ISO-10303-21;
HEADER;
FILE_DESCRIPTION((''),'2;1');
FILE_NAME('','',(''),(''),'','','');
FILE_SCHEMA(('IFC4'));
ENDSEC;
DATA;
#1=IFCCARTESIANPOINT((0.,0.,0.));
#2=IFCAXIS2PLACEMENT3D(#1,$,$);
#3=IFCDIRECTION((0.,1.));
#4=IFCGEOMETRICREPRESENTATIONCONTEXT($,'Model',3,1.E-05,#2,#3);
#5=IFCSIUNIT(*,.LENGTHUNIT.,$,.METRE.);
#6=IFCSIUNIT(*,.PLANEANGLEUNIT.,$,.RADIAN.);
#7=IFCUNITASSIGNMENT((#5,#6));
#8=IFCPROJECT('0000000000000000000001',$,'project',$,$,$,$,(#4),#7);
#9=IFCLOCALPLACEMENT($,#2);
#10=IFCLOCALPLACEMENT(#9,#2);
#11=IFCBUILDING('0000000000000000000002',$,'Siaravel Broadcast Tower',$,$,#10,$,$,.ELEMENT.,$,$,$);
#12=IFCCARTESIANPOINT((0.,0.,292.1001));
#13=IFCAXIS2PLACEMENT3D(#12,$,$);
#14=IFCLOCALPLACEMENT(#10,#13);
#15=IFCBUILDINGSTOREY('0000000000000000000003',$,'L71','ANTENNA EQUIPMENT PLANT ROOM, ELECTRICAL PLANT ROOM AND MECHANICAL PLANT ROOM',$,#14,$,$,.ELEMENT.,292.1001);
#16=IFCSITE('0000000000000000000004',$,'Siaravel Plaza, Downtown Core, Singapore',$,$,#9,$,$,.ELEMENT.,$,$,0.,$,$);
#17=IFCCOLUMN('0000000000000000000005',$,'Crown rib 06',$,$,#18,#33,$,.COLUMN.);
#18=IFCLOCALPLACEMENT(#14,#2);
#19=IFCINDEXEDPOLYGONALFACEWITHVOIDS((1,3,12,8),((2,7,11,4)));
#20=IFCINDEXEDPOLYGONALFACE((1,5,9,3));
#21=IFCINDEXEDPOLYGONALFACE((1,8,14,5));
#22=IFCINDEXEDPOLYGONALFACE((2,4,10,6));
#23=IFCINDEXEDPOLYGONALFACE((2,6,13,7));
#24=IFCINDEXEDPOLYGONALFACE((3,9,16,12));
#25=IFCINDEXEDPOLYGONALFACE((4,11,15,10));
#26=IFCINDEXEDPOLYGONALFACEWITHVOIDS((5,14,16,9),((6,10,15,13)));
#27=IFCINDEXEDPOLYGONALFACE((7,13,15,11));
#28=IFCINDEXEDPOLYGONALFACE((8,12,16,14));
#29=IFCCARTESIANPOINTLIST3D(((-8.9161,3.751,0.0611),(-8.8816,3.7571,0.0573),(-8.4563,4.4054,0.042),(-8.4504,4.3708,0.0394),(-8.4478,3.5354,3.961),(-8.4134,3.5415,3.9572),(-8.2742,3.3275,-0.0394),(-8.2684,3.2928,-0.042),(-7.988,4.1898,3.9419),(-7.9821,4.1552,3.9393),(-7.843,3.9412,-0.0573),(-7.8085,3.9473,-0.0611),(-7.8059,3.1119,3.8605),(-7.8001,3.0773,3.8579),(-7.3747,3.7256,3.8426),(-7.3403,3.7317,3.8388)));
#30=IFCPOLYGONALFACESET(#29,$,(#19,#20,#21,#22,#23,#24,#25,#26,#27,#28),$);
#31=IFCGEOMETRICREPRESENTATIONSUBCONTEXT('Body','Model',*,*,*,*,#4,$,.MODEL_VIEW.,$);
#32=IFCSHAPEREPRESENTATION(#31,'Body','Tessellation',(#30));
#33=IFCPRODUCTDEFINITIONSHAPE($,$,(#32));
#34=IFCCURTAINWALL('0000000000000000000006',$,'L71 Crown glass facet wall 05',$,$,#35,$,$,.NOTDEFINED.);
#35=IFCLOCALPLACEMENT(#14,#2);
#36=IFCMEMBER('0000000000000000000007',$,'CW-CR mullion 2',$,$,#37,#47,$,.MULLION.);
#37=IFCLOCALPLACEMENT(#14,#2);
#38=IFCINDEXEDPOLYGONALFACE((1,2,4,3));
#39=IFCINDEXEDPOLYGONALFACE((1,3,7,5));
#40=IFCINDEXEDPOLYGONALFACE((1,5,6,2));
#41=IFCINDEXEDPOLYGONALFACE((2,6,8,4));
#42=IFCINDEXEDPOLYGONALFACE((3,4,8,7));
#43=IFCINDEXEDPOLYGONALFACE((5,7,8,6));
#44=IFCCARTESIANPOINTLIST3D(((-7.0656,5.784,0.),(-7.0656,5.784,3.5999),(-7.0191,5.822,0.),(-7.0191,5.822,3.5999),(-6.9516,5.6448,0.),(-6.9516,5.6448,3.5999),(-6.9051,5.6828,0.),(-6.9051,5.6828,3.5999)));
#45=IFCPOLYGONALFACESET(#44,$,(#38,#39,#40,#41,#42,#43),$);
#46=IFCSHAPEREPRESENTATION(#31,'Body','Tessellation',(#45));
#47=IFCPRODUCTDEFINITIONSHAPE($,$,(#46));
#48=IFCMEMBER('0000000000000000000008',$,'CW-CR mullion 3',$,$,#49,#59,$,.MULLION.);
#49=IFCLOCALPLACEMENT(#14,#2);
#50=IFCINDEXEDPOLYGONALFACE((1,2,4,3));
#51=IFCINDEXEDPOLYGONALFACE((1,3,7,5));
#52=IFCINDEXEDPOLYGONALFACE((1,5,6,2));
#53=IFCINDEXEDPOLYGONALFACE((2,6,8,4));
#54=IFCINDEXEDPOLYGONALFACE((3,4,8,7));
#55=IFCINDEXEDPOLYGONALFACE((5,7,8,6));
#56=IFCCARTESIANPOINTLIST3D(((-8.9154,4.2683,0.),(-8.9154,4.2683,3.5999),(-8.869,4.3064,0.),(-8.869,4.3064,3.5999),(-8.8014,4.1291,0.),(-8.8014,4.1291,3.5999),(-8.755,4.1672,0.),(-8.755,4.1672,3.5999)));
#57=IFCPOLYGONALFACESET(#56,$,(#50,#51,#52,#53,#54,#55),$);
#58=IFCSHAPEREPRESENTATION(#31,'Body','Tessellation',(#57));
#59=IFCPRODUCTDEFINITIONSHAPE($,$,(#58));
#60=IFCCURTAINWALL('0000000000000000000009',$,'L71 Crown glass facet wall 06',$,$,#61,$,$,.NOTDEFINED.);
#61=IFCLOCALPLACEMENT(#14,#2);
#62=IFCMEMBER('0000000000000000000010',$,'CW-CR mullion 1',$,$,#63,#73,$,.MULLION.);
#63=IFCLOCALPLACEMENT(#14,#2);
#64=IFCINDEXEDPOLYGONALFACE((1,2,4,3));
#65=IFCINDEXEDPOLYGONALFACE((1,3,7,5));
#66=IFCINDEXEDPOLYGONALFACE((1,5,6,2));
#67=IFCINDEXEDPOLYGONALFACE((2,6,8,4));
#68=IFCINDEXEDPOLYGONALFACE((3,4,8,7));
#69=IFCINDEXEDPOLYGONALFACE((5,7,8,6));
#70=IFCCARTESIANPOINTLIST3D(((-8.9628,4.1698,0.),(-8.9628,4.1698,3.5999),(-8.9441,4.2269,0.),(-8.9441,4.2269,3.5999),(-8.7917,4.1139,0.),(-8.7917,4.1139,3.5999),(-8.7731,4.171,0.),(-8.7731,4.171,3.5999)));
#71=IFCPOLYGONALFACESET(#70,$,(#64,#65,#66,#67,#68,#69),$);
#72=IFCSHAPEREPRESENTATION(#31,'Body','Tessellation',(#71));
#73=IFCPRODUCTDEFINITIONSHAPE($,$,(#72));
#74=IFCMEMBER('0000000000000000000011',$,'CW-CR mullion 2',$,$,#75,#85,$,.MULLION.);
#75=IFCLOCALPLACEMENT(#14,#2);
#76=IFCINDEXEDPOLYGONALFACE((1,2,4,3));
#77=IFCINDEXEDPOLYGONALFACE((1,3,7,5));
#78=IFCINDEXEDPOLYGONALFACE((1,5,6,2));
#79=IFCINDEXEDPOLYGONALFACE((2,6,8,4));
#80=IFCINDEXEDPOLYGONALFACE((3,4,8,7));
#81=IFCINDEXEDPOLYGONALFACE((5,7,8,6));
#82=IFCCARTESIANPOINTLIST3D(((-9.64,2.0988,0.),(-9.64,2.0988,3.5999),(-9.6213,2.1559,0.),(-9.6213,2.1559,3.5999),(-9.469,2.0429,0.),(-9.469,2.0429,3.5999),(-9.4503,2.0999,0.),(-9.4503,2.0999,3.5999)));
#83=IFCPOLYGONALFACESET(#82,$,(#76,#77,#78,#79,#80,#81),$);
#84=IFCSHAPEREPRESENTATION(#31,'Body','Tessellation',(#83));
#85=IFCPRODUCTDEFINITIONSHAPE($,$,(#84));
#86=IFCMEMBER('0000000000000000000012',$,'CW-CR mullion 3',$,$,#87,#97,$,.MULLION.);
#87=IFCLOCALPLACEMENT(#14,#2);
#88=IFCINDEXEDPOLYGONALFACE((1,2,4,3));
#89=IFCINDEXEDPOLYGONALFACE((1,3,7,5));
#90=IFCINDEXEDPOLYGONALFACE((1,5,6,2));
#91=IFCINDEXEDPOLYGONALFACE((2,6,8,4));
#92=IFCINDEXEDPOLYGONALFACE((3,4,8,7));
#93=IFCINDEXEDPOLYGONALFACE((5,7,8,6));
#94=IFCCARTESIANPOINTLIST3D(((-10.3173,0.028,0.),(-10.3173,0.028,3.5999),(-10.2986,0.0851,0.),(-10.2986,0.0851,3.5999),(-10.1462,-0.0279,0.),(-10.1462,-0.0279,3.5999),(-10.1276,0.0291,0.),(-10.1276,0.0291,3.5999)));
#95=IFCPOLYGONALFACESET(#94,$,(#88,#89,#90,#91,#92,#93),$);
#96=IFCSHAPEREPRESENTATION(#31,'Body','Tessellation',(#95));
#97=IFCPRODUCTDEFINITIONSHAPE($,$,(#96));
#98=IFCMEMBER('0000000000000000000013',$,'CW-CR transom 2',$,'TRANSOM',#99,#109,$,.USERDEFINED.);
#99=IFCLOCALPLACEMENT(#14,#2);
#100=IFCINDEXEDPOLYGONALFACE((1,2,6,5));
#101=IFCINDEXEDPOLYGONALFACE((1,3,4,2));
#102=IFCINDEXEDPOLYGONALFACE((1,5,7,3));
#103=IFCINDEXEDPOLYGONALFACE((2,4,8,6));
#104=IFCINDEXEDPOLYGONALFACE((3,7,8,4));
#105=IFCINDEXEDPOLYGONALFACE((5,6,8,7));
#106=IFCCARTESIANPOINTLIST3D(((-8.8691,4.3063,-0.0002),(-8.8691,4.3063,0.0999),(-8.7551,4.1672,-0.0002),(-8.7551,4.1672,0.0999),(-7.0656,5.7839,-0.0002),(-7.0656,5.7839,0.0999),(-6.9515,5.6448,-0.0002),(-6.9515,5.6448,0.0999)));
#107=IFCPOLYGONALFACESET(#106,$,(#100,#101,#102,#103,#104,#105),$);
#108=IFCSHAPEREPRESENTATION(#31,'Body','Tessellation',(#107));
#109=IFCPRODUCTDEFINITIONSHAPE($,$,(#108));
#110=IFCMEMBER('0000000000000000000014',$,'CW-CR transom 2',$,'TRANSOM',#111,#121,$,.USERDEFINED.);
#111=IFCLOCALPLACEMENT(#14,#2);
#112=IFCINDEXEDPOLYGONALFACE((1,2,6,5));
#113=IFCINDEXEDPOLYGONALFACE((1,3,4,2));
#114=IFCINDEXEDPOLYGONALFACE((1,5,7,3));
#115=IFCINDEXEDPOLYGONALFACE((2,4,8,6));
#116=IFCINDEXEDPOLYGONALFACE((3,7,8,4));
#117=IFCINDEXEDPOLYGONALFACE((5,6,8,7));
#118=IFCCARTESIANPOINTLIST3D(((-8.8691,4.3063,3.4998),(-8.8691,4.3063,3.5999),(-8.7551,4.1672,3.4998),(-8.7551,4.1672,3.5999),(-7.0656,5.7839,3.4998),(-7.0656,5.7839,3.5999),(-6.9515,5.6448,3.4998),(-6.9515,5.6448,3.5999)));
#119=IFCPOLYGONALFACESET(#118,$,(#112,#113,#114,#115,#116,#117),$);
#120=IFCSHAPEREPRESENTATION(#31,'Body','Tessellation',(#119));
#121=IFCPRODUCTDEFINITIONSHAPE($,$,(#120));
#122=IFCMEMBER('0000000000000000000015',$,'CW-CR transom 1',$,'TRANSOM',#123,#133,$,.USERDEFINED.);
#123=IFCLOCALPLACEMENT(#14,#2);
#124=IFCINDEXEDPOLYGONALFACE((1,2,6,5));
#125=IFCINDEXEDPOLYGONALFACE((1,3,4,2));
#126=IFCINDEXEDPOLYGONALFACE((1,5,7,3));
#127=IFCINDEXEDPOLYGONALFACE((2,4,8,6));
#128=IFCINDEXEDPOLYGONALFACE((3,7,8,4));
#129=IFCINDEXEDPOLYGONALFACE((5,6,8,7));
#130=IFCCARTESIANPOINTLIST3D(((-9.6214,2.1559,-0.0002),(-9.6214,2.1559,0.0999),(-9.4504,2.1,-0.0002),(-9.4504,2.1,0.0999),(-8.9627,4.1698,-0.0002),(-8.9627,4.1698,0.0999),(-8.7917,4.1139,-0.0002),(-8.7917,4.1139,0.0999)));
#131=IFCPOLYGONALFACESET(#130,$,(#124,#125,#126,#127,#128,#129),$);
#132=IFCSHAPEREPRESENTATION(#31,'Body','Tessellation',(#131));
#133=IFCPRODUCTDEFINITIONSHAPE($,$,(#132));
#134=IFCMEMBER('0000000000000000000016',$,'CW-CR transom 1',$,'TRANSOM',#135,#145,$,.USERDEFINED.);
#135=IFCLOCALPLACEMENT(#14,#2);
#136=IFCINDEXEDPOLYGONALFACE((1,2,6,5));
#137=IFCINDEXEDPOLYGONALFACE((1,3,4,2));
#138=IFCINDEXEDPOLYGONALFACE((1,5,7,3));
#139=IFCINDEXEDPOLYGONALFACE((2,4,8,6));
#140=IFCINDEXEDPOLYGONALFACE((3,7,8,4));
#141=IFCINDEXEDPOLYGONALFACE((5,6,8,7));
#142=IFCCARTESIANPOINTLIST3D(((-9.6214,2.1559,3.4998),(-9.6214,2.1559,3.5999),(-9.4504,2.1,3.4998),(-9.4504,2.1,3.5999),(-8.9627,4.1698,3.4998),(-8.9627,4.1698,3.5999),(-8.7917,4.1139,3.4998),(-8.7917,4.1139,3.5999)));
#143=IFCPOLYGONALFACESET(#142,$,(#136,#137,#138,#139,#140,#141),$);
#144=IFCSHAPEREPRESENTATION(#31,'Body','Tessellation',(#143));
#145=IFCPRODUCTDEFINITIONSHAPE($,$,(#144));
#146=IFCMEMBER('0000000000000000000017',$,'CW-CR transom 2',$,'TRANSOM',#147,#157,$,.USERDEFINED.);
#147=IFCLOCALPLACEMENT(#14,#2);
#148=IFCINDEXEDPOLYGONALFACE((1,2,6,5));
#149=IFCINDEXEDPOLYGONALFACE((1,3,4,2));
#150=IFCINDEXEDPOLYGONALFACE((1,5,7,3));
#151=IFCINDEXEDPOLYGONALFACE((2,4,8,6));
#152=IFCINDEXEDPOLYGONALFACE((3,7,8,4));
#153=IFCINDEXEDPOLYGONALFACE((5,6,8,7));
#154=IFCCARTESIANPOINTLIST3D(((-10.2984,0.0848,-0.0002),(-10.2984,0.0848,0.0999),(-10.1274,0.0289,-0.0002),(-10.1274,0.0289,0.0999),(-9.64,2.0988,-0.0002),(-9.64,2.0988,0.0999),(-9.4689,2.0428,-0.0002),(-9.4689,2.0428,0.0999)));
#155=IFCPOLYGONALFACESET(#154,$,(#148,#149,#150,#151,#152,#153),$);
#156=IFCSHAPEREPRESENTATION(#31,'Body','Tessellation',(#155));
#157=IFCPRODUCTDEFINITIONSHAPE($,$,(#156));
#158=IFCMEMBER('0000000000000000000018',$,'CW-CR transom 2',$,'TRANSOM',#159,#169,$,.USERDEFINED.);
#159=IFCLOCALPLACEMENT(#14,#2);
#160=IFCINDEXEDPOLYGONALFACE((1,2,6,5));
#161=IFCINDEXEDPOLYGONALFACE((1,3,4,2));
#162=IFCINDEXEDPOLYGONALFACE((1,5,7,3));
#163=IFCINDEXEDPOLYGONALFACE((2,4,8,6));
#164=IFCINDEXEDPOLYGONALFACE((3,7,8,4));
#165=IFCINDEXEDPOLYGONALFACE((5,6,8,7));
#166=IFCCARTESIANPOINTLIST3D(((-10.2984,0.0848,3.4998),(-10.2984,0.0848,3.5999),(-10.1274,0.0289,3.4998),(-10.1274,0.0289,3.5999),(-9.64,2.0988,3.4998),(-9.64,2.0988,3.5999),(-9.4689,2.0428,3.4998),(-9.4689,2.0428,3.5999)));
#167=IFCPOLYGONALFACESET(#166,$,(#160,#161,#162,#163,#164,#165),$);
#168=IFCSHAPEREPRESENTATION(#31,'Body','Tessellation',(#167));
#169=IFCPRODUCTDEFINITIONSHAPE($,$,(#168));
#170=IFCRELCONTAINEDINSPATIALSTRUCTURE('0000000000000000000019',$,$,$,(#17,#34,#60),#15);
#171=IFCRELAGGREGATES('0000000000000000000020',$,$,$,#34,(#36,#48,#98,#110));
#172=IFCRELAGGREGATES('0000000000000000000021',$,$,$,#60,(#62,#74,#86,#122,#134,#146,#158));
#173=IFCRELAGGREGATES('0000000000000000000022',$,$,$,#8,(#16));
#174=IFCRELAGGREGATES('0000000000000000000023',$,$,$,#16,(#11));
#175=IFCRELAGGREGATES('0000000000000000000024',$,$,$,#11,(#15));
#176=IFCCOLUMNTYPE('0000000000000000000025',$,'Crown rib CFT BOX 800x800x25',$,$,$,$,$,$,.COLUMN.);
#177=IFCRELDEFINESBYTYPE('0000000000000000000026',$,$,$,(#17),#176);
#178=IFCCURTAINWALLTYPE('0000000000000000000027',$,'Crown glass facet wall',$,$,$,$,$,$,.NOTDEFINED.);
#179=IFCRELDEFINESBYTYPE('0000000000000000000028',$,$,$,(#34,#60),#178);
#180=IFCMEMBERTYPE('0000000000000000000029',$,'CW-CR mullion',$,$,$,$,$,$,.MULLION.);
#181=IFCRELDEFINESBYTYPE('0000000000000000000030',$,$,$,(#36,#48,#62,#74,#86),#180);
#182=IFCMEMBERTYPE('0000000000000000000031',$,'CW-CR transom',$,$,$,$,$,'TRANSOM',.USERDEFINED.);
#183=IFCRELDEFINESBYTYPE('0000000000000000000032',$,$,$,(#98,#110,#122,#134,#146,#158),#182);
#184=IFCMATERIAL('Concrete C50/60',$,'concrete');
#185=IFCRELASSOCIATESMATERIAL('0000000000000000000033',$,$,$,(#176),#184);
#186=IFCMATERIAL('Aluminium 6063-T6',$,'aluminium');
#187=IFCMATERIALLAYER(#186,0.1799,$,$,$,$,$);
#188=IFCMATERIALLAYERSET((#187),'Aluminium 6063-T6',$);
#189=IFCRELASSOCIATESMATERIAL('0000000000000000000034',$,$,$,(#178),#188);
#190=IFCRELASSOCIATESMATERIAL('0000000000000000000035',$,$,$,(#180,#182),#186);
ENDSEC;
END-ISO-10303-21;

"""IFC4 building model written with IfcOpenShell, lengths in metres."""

from ifc_helpers import new_model, si_unit, direction, frame, origin, origin_2d, place, context, subcontext, project, spatial, rectangle, hollow_rectangle, extrude, material, layer, layer_set, material_profile, profile_set, type_object, element, aggregate, save


model = new_model("IFC4")

# Units and contexts
model_context = context("Model", 3, precision=1e-05, world=origin(), true_north=direction((0.0, 1.0)))
body_context = subcontext(model_context, "Body", "Model", "MODEL_VIEW")
ifc_project = project(units=[si_unit("LENGTHUNIT", "METRE"), si_unit("PLANEANGLEUNIT", "RADIAN")], contexts=[model_context])

# Site, building, storey
site_placement = place(None, origin())
site = spatial("IfcSite", under=ifc_project, at=site_placement, Name="Siaravel Plaza, Downtown Core, Singapore", CompositionType="ELEMENT", RefElevation=0.0)
building_placement = place(site_placement, origin())
building = spatial("IfcBuilding", under=site, at=building_placement, Name="Siaravel Broadcast Tower", CompositionType="ELEMENT")
storey_placement = place(building_placement, frame((0.0, 0.0, 292.1001)))
storey = spatial("IfcBuildingStorey", under=building, at=storey_placement, Name="L71", Description="ANTENNA EQUIPMENT PLANT ROOM, ELECTRICAL PLANT ROOM AND MECHANICAL PLANT ROOM", CompositionType="ELEMENT", Elevation=292.1001)

# Column
ifc_material_1 = material(Name="Concrete C50/60", Category="concrete")
ifc_material_profile_1 = material_profile(ifc_material_1, hollow_rectangle(XDim=0.8, YDim=0.8, WallThickness=0.0249, at=origin_2d()))
ifc_profile_set_1 = profile_set([ifc_material_profile_1], Name="Concrete C50/60")
column_type = type_object("IfcColumnType", Name="Crown rib CFT BOX 800x800x25", PredefinedType="COLUMN", material=ifc_profile_set_1)
column_placement = place(storey_placement, frame((-8.3623, 3.8491, 0.0), z_axis=(0.119035, -0.054801, 0.991377), x_axis=(0.574756, 0.817979, -0.023795)))
element("IfcColumn", 1, at=column_placement, inside=storey, type_object=column_type, Name="Crown rib 06", PredefinedType="COLUMN", context=body_context, shape_type="SweptSolid", body=[
    extrude(hollow_rectangle(XDim=0.8, YDim=0.8, WallThickness=0.0249, at=origin_2d()), origin(), (0.0, 0.0, 1.0), 3.9338),
])

# Curtain walls, members
ifc_material_2 = material(Name="Aluminium 6063-T6", Category="aluminium")
ifc_layer_1 = layer(ifc_material_2, 0.1799)
ifc_layer_set_1 = layer_set([ifc_layer_1], Name="Aluminium 6063-T6")
curtain_wall_type = type_object("IfcCurtainWallType", Name="Crown glass facet wall", PredefinedType="NOTDEFINED", material=ifc_layer_set_1)
curtain_wall_1_placement = place(storey_placement, origin())
curtain_wall_1 = element("IfcCurtainWall", 2, at=curtain_wall_1_placement, inside=storey, type_object=curtain_wall_type, Name="L71 Crown glass facet wall 05", PredefinedType="NOTDEFINED")
ifc_material_profile_2 = material_profile(ifc_material_2, rectangle(XDim=0.1799, YDim=0.0601, at=origin_2d()))
ifc_profile_set_2 = profile_set([ifc_material_profile_2], Name="Aluminium 6063-T6")
member_type_1 = type_object("IfcMemberType", Name="CW-CR mullion", PredefinedType="MULLION", material=ifc_profile_set_2)
member_1_placement = place(storey_placement, frame((-6.9854, 5.7334, 0.0), z_axis=(0.0, 0.0, 1.0), x_axis=(0.633724, -0.773559, 0.0)))
member_1 = element("IfcMember", 3, at=member_1_placement, type_object=member_type_1, Name="CW-CR mullion 2", PredefinedType="MULLION", context=body_context, shape_type="SweptSolid", body=[
    extrude(rectangle(XDim=0.1799, YDim=0.0601, at=origin_2d()), origin(), (0.0, 0.0, 1.0), 3.5999),
])
member_2_placement = place(storey_placement, frame((-8.8352, 4.2178, 0.0), z_axis=(0.0, 0.0, 1.0), x_axis=(0.633724, -0.773559, 0.0)))
member_2 = element("IfcMember", 4, at=member_2_placement, type_object=member_type_1, Name="CW-CR mullion 3", PredefinedType="MULLION", context=body_context, shape_type="SweptSolid", body=[
    extrude(rectangle(XDim=0.1799, YDim=0.0601, at=origin_2d()), origin(), (0.0, 0.0, 1.0), 3.5999),
])
curtain_wall_2_placement = place(storey_placement, origin())
curtain_wall_2 = element("IfcCurtainWall", 5, at=curtain_wall_2_placement, inside=storey, type_object=curtain_wall_type, Name="L71 Crown glass facet wall 06", PredefinedType="NOTDEFINED")
member_3_placement = place(storey_placement, frame((-8.8679, 4.1704, 0.0), z_axis=(0.0, 0.0, 1.0), x_axis=(0.95046, -0.310848, 0.0)))
member_3 = element("IfcMember", 6, at=member_3_placement, type_object=member_type_1, Name="CW-CR mullion 1", PredefinedType="MULLION", context=body_context, shape_type="SweptSolid", body=[
    extrude(rectangle(XDim=0.1799, YDim=0.0601, at=origin_2d()), origin(), (0.0, 0.0, 1.0), 3.5999),
])
member_4_placement = place(storey_placement, frame((-9.5452, 2.0994, 0.0), z_axis=(0.0, 0.0, 1.0), x_axis=(0.95046, -0.310848, 0.0)))
member_4 = element("IfcMember", 7, at=member_4_placement, type_object=member_type_1, Name="CW-CR mullion 2", PredefinedType="MULLION", context=body_context, shape_type="SweptSolid", body=[
    extrude(rectangle(XDim=0.1799, YDim=0.0601, at=origin_2d()), origin(), (0.0, 0.0, 1.0), 3.5999),
])
member_5_placement = place(storey_placement, frame((-10.2224, 0.0286, 0.0), z_axis=(0.0, 0.0, 1.0), x_axis=(0.95046, -0.310848, 0.0)))
member_5 = element("IfcMember", 8, at=member_5_placement, type_object=member_type_1, Name="CW-CR mullion 3", PredefinedType="MULLION", context=body_context, shape_type="SweptSolid", body=[
    extrude(rectangle(XDim=0.1799, YDim=0.0601, at=origin_2d()), origin(), (0.0, 0.0, 1.0), 3.5999),
])

# Members
ifc_material_profile_3 = material_profile(ifc_material_2, rectangle(XDim=0.1799, YDim=0.1001, at=origin_2d()))
ifc_profile_set_3 = profile_set([ifc_material_profile_3], Name="Aluminium 6063-T6")
member_type_2 = type_object("IfcMemberType", Name="CW-CR transom", ElementType="TRANSOM", PredefinedType="USERDEFINED", material=ifc_profile_set_3)
member_6_placement = place(storey_placement, frame((-7.0085, 5.7144, 0.0498), z_axis=(-0.773542, -0.633745, 0.0), x_axis=(0.633745, -0.773542, 0.0)))
member_6 = element("IfcMember", 9, at=member_6_placement, type_object=member_type_2, Name="CW-CR transom 2", ObjectType="TRANSOM", PredefinedType="USERDEFINED", context=body_context, shape_type="SweptSolid", body=[
    extrude(rectangle(XDim=0.1799, YDim=0.1001, at=origin_2d()), origin(), (0.0, 0.0, 1.0), 2.3315),
])
member_7_placement = place(storey_placement, frame((-7.0085, 5.7144, 3.5498), z_axis=(-0.773542, -0.633745, 0.0), x_axis=(0.633745, -0.773542, 0.0)))
member_7 = element("IfcMember", 10, at=member_7_placement, type_object=member_type_2, Name="CW-CR transom 2", ObjectType="TRANSOM", PredefinedType="USERDEFINED", context=body_context, shape_type="SweptSolid", body=[
    extrude(rectangle(XDim=0.1799, YDim=0.1001, at=origin_2d()), origin(), (0.0, 0.0, 1.0), 2.3315),
])
member_8_placement = place(storey_placement, frame((-8.8772, 4.1418, 0.0498), z_axis=(-0.310865, -0.950454, 0.0), x_axis=(0.950454, -0.310865, 0.0)))
member_8 = element("IfcMember", 11, at=member_8_placement, type_object=member_type_2, Name="CW-CR transom 1", ObjectType="TRANSOM", PredefinedType="USERDEFINED", context=body_context, shape_type="SweptSolid", body=[
    extrude(rectangle(XDim=0.1799, YDim=0.1001, at=origin_2d()), origin(), (0.0, 0.0, 1.0), 2.1189),
])
member_9_placement = place(storey_placement, frame((-8.8772, 4.1418, 3.5498), z_axis=(-0.310865, -0.950454, 0.0), x_axis=(0.950454, -0.310865, 0.0)))
member_9 = element("IfcMember", 12, at=member_9_placement, type_object=member_type_2, Name="CW-CR transom 1", ObjectType="TRANSOM", PredefinedType="USERDEFINED", context=body_context, shape_type="SweptSolid", body=[
    extrude(rectangle(XDim=0.1799, YDim=0.1001, at=origin_2d()), origin(), (0.0, 0.0, 1.0), 2.1189),
])
member_10_placement = place(storey_placement, frame((-9.5544, 2.0708, 0.0498), z_axis=(-0.310761, -0.950488, 0.0), x_axis=(0.950488, -0.310761, 0.0)))
member_10 = element("IfcMember", 13, at=member_10_placement, type_object=member_type_2, Name="CW-CR transom 2", ObjectType="TRANSOM", PredefinedType="USERDEFINED", context=body_context, shape_type="SweptSolid", body=[
    extrude(rectangle(XDim=0.1799, YDim=0.1001, at=origin_2d()), origin(), (0.0, 0.0, 1.0), 2.1189),
])
member_11_placement = place(storey_placement, frame((-9.5544, 2.0708, 3.5498), z_axis=(-0.310761, -0.950488, 0.0), x_axis=(0.950488, -0.310761, 0.0)))
member_11 = element("IfcMember", 14, at=member_11_placement, type_object=member_type_2, Name="CW-CR transom 2", ObjectType="TRANSOM", PredefinedType="USERDEFINED", context=body_context, shape_type="SweptSolid", body=[
    extrude(rectangle(XDim=0.1799, YDim=0.1001, at=origin_2d()), origin(), (0.0, 0.0, 1.0), 2.1189),
])

aggregate(curtain_wall_1, [member_1, member_2, member_6, member_7])
aggregate(curtain_wall_2, [member_3, member_4, member_5, member_8, member_9, member_10, member_11])

save(model, "model.ifc")
